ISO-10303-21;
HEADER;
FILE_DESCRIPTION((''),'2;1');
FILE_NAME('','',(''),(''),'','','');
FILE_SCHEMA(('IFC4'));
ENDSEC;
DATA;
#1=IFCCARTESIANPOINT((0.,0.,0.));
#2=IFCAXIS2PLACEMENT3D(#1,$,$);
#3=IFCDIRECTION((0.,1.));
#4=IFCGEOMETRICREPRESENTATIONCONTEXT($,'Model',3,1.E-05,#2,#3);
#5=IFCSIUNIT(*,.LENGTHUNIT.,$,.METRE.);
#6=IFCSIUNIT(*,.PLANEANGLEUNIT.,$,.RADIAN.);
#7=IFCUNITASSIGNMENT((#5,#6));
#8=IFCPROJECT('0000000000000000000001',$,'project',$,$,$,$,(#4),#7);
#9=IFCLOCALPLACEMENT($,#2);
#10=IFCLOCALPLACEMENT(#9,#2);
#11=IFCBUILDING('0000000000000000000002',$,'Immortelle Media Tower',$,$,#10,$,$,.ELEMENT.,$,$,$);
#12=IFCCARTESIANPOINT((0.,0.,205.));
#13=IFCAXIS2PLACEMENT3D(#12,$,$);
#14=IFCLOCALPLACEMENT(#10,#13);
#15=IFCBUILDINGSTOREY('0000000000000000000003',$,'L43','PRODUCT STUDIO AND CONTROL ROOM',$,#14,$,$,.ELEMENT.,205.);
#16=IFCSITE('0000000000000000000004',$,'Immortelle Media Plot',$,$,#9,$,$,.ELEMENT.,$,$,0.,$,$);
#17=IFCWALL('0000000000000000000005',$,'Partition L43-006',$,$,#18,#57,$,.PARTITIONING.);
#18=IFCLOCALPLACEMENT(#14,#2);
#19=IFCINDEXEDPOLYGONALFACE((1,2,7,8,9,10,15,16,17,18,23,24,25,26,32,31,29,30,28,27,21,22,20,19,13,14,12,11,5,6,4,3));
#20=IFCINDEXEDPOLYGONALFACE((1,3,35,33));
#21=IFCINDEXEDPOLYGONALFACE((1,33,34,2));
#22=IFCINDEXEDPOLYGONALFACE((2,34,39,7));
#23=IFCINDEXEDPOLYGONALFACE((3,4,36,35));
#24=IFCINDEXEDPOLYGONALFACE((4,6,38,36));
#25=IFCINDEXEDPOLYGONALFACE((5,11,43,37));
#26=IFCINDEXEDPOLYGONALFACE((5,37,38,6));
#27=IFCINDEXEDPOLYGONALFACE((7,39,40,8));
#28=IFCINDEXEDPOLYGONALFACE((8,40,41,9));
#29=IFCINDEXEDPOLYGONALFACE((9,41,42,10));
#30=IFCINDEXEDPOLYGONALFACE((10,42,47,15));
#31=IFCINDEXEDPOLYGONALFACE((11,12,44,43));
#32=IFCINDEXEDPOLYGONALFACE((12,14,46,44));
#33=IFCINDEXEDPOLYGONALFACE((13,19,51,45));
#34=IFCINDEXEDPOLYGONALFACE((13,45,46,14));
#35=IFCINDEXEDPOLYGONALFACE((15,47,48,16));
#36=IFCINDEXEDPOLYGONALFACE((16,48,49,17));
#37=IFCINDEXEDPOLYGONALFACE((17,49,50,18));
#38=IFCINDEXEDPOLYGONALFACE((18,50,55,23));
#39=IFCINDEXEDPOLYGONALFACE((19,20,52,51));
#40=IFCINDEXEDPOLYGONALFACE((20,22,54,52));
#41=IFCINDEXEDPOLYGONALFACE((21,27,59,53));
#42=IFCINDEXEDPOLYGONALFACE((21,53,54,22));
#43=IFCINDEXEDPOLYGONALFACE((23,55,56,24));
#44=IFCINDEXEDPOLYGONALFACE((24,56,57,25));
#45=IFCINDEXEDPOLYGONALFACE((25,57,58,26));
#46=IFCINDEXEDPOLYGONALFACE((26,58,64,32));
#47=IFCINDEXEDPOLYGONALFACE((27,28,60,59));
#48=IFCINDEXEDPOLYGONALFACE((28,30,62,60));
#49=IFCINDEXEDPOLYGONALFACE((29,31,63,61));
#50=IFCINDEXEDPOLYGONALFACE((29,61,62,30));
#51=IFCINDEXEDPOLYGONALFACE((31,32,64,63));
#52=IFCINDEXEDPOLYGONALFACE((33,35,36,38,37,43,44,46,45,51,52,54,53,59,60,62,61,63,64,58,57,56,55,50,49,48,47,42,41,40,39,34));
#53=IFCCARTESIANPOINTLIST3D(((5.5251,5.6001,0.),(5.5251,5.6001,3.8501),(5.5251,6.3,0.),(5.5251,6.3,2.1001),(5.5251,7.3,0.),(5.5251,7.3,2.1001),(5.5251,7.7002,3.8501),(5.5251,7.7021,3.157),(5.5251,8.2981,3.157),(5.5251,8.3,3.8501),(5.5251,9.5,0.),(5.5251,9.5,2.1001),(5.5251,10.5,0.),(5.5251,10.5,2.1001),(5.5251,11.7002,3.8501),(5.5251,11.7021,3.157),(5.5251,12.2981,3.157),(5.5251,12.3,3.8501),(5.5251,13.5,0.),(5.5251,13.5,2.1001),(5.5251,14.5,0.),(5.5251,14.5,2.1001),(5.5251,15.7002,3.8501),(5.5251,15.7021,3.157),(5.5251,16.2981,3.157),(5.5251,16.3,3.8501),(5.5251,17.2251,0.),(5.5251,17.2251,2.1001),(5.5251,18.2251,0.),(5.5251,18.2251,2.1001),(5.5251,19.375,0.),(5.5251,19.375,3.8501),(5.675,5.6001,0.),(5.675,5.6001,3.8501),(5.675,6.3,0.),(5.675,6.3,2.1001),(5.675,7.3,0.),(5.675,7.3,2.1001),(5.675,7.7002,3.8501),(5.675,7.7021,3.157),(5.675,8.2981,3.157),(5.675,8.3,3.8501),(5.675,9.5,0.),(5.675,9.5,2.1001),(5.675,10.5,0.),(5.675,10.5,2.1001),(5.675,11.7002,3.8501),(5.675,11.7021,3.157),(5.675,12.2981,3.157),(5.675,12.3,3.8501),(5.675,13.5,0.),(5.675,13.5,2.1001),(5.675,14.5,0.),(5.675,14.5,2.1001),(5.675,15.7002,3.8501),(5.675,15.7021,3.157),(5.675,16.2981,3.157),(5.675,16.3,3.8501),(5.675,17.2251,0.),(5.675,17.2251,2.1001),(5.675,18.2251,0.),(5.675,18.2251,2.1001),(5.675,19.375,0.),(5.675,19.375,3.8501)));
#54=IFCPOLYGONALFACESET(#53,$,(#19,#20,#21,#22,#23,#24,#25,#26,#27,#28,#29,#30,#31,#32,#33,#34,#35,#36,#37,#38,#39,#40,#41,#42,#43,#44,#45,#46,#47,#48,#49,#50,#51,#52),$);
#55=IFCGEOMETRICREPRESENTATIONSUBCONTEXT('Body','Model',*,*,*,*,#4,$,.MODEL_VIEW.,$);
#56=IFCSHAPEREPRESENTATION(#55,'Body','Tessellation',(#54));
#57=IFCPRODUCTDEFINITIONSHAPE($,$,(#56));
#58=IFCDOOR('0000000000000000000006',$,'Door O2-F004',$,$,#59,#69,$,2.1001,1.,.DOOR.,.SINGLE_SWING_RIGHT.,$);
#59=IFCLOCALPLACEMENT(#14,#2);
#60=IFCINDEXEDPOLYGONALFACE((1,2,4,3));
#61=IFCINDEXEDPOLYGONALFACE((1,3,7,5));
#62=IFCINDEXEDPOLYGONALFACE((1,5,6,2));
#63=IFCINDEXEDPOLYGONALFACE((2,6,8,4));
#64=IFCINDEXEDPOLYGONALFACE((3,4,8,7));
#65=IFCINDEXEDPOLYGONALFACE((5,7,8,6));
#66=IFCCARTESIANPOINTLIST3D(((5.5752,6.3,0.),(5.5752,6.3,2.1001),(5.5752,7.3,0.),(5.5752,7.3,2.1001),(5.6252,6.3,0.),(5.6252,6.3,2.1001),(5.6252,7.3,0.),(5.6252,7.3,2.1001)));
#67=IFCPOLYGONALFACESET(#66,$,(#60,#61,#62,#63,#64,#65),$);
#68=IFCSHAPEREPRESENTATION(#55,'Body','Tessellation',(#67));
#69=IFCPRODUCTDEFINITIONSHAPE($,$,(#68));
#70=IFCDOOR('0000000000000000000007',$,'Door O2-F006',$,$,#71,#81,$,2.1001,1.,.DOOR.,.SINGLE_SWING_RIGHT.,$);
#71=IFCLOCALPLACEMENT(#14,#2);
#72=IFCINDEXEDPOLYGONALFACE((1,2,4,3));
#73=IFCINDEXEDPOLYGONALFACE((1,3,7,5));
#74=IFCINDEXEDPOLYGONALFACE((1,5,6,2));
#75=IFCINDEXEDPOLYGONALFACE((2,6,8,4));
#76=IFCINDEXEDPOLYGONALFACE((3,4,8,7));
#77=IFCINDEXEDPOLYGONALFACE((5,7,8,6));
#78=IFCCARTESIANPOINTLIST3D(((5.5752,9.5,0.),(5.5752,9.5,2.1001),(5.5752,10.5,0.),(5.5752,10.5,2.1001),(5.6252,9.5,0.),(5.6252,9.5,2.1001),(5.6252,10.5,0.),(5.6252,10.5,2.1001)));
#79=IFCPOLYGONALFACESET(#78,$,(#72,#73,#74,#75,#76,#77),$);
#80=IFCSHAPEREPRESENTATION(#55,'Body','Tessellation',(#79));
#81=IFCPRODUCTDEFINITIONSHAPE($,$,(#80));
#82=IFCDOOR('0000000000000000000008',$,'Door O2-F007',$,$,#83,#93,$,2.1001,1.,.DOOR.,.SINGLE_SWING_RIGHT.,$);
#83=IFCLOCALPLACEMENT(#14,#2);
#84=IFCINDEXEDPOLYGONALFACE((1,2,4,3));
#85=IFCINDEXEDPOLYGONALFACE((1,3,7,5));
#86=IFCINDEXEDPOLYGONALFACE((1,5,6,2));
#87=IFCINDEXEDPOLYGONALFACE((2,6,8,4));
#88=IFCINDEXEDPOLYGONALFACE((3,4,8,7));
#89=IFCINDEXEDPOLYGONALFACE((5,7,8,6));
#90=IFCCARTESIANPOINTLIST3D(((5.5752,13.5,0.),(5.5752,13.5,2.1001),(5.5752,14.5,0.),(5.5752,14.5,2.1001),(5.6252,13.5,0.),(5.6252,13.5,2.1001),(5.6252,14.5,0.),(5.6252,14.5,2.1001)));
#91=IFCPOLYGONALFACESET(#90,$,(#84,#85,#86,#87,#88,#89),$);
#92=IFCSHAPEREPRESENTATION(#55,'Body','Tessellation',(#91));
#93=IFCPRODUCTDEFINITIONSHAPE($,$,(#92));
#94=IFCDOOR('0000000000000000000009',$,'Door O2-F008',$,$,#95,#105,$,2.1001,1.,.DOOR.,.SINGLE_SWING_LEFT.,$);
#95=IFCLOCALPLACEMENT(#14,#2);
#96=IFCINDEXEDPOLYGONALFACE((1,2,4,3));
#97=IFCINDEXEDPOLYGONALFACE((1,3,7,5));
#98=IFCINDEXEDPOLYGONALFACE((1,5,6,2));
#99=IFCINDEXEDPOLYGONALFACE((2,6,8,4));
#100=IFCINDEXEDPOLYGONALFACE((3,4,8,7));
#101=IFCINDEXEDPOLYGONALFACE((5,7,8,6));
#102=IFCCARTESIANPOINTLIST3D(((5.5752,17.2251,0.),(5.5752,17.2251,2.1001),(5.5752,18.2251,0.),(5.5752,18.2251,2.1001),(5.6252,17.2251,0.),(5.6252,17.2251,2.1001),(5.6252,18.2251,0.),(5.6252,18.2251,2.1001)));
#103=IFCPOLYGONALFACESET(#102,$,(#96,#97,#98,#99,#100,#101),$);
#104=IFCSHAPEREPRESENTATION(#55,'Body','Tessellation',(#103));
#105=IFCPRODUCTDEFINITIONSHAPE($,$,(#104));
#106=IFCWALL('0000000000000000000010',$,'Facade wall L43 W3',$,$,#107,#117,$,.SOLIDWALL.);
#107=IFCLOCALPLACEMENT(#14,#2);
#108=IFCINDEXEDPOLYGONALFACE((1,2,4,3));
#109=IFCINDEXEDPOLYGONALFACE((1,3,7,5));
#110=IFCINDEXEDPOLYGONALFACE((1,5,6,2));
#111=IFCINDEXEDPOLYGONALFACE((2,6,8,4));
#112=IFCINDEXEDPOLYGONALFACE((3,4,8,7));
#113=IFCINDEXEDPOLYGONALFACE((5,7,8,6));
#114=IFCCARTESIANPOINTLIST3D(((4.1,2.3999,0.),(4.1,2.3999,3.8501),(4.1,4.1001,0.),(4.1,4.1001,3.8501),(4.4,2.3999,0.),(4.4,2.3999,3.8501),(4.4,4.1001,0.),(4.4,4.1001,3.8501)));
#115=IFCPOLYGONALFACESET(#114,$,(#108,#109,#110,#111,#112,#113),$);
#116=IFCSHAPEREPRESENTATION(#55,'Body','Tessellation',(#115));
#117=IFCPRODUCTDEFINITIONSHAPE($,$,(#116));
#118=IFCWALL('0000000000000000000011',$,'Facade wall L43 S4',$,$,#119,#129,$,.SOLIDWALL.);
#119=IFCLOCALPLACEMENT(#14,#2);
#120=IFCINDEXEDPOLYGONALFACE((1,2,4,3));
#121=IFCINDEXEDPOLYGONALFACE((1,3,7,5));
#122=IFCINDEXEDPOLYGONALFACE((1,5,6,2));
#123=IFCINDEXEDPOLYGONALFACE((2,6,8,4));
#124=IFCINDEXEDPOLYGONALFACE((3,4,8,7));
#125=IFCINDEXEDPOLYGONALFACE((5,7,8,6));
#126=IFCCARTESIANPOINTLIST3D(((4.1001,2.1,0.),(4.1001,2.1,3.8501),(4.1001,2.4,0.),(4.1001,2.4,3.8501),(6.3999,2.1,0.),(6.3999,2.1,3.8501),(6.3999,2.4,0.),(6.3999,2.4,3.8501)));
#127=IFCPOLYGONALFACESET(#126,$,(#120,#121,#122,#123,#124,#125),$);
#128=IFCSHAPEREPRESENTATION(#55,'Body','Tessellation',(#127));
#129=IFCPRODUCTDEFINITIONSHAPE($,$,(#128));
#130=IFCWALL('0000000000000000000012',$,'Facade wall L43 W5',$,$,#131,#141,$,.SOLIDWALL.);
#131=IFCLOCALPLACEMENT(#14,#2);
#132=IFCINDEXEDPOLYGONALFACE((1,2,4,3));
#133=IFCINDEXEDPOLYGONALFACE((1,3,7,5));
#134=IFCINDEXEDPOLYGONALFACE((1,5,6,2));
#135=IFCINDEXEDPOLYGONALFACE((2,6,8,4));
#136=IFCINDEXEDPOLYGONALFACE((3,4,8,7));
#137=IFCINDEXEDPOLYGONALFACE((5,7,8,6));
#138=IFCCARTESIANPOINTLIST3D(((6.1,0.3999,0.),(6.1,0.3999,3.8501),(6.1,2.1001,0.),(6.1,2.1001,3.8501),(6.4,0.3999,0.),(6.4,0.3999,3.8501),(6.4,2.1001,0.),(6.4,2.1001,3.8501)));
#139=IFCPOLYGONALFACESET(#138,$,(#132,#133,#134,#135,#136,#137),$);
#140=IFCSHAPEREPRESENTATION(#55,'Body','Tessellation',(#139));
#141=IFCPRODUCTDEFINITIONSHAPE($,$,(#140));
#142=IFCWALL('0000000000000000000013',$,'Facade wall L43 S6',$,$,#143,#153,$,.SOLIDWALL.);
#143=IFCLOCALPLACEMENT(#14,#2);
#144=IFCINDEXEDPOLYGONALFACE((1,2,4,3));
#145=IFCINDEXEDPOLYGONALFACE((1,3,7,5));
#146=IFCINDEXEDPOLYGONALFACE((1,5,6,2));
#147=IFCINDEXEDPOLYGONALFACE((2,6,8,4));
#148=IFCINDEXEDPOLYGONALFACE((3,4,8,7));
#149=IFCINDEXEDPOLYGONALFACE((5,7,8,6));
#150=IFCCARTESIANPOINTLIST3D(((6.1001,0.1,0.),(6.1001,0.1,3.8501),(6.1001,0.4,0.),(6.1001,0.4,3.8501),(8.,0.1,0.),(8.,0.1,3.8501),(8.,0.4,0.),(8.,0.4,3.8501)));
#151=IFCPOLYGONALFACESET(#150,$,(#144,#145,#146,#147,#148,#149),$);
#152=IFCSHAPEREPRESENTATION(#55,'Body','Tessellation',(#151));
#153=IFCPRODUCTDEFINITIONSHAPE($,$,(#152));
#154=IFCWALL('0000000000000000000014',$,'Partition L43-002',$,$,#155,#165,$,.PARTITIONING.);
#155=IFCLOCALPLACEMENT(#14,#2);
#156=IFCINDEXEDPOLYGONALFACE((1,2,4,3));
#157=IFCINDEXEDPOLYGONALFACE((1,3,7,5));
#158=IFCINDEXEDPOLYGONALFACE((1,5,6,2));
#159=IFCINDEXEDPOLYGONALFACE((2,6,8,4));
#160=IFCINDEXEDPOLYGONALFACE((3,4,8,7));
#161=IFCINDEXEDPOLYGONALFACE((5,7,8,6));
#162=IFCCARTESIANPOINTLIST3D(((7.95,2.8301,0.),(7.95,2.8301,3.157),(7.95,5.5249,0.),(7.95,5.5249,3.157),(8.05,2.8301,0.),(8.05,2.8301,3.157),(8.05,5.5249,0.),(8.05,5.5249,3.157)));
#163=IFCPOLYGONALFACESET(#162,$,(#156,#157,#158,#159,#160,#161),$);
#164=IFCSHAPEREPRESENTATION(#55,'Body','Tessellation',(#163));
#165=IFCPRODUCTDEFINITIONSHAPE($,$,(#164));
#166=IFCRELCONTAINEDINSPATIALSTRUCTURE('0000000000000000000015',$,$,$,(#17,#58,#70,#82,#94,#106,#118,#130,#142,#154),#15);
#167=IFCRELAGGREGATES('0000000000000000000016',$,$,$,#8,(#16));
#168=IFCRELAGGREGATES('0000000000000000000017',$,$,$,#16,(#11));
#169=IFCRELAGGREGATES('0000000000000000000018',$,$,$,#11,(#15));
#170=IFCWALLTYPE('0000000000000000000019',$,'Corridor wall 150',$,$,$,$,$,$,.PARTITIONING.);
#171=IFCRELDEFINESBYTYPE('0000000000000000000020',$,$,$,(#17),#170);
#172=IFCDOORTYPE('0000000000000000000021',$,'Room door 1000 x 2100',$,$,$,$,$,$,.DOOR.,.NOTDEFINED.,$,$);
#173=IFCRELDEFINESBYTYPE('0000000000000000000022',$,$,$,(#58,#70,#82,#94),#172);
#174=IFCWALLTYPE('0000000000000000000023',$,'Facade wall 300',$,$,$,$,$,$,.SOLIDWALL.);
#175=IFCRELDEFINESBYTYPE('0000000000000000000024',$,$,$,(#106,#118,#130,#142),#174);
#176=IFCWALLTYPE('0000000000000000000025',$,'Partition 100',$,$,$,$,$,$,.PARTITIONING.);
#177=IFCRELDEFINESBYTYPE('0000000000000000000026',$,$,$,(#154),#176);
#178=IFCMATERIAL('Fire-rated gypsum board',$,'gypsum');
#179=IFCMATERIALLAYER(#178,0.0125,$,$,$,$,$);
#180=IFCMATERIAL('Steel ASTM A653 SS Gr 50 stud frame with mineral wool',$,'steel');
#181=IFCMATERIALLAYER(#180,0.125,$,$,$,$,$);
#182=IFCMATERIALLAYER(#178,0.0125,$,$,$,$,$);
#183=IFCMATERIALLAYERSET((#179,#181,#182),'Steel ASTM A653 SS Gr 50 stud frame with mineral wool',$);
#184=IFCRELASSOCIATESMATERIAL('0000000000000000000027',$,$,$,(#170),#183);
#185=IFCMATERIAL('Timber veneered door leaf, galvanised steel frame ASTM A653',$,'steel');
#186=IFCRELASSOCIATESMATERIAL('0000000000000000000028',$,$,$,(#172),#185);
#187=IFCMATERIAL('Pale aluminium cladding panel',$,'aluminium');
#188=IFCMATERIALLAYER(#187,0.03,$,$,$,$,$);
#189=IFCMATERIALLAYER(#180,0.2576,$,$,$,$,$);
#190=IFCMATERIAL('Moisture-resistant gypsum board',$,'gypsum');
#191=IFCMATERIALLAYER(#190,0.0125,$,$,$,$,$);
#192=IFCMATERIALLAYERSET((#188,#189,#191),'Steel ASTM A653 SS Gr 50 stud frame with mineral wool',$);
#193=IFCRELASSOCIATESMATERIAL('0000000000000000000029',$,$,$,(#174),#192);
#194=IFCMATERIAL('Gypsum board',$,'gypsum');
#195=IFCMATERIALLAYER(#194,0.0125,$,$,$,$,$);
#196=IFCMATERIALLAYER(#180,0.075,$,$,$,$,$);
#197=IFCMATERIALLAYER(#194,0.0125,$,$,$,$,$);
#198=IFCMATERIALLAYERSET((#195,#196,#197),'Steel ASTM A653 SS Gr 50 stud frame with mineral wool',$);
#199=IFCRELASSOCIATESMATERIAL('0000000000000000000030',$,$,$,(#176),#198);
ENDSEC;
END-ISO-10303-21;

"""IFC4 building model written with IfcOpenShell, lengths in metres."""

from ifc_helpers import new_model, si_unit, direction, frame, frame_2d, origin, place, context, subcontext, project, spatial, polyline, rectangle, outline, extrude, material, layer, layer_set, type_object, element, fill, save


model = new_model("IFC4")

# Units and contexts
model_context = context("Model", 3, precision=1e-05, world=origin(), true_north=direction((0.0, 1.0)))
body_context = subcontext(model_context, "Body", "Model", "MODEL_VIEW")
ifc_project = project(units=[si_unit("LENGTHUNIT", "METRE"), si_unit("PLANEANGLEUNIT", "RADIAN")], contexts=[model_context])

# Site, building, storey
site_placement = place(None, origin())
site = spatial("IfcSite", under=ifc_project, at=site_placement, Name="Immortelle Media Plot", CompositionType="ELEMENT", RefElevation=0.0)
building_placement = place(site_placement, origin())
building = spatial("IfcBuilding", under=site, at=building_placement, Name="Immortelle Media Tower", CompositionType="ELEMENT")
storey_placement = place(building_placement, frame((0.0, 0.0, 205.0)))
storey = spatial("IfcBuildingStorey", under=building, at=storey_placement, Name="L43", Description="PRODUCT STUDIO AND CONTROL ROOM", CompositionType="ELEMENT", Elevation=205.0)

# Wall, openings, doors
ifc_material_1 = material(Name="Fire-rated gypsum board", Category="gypsum")
ifc_layer_1 = layer(ifc_material_1, 0.0125)
ifc_material_2 = material(Name="Steel ASTM A653 SS Gr 50 stud frame with mineral wool", Category="steel")
ifc_layer_2 = layer(ifc_material_2, 0.125)
ifc_layer_3 = layer(ifc_material_1, 0.0125)
ifc_layer_set_1 = layer_set([ifc_layer_1, ifc_layer_2, ifc_layer_3], Name="Steel ASTM A653 SS Gr 50 stud frame with mineral wool")
wall_type_1 = type_object("IfcWallType", Name="Corridor wall 150", PredefinedType="PARTITIONING", material=ifc_layer_set_1)
ifc_material_3 = material(Name="Timber veneered door leaf, galvanised steel frame ASTM A653", Category="steel")
door_type = type_object("IfcDoorType", Name="Room door 1000 x 2100", OperationType="NOTDEFINED", PredefinedType="DOOR", material=ifc_material_3)
wall_1_placement = place(storey_placement, frame((5.6001, 5.6001, 0.0), z_axis=(0.0, 0.0, 1.0), x_axis=(0.0, 1.0, 0.0)))
wall_1 = element("IfcWall", 1, at=wall_1_placement, inside=storey, type_object=wall_type_1, Name="Partition L43-006", PredefinedType="PARTITIONING", context=body_context, shape_type="SweptSolid", body=[
    extrude(outline(polyline([(0.0, 0.0), (13.7749, 0.0), (13.7749, 3.8501), (10.7, 3.8501), (10.698, 3.157), (10.1021, 3.157), (10.1001, 3.8501), (6.7, 3.8501), (6.698, 3.157), (6.1021, 3.157), (6.1001, 3.8501), (2.7, 3.8501), (2.698, 3.157), (2.1021, 3.157), (2.1001, 3.8501), (0.0, 3.8501), (0.0, 0.0)])), frame((0.0, 0.075, 0.0), z_axis=(0.0, -1.0, 0.0), x_axis=(1.0, 0.0, 0.0)), (0.0, 0.0, 1.0), 0.1499),
])
opening_1_placement = place(wall_1_placement, frame((0.7, 0.0, 0.0)))
opening_1 = element("IfcOpeningElement", 2, at=opening_1_placement, cuts=wall_1, PredefinedType="OPENING", context=body_context, shape_type="SweptSolid", body=[
    extrude(rectangle(XDim=1.0, YDim=2.1001, at=frame_2d((0.5, 1.05))), frame((0.0, 0.085, 0.0), z_axis=(0.0, -1.0, 0.0), x_axis=(1.0, 0.0, 0.0)), (0.0, 0.0, 1.0), 0.1699),
])
opening_2_placement = place(wall_1_placement, frame((3.8999, 0.0, 0.0)))
opening_2 = element("IfcOpeningElement", 3, at=opening_2_placement, cuts=wall_1, PredefinedType="OPENING", context=body_context, shape_type="SweptSolid", body=[
    extrude(rectangle(XDim=1.0, YDim=2.1001, at=frame_2d((0.5, 1.05))), frame((0.0, 0.085, 0.0), z_axis=(0.0, -1.0, 0.0), x_axis=(1.0, 0.0, 0.0)), (0.0, 0.0, 1.0), 0.1699),
])
opening_3_placement = place(wall_1_placement, frame((7.8999, 0.0, 0.0)))
opening_3 = element("IfcOpeningElement", 4, at=opening_3_placement, cuts=wall_1, PredefinedType="OPENING", context=body_context, shape_type="SweptSolid", body=[
    extrude(rectangle(XDim=1.0, YDim=2.1001, at=frame_2d((0.5, 1.05))), frame((0.0, 0.085, 0.0), z_axis=(0.0, -1.0, 0.0), x_axis=(1.0, 0.0, 0.0)), (0.0, 0.0, 1.0), 0.1699),
])
opening_4_placement = place(wall_1_placement, frame((11.625, 0.0, 0.0)))
opening_4 = element("IfcOpeningElement", 5, at=opening_4_placement, cuts=wall_1, PredefinedType="OPENING", context=body_context, shape_type="SweptSolid", body=[
    extrude(rectangle(XDim=1.0, YDim=2.1001, at=frame_2d((0.5, 1.05))), frame((0.0, 0.085, 0.0), z_axis=(0.0, -1.0, 0.0), x_axis=(1.0, 0.0, 0.0)), (0.0, 0.0, 1.0), 0.1699),
])
door_1_placement = place(opening_1_placement, origin())
door_1 = element("IfcDoor", 6, at=door_1_placement, inside=storey, type_object=door_type, Name="Door O2-F004", OperationType="SINGLE_SWING_RIGHT", OverallHeight=2.1001, OverallWidth=1.0, PredefinedType="DOOR", context=body_context, shape_type="SweptSolid", body=[
    extrude(rectangle(XDim=1.0, YDim=2.1001, at=frame_2d((0.5, 1.05))), frame((0.0, 0.0249, 0.0), z_axis=(0.0, -1.0, 0.0), x_axis=(1.0, 0.0, 0.0)), (0.0, 0.0, 1.0), 0.05),
])
fill(opening_1, door_1)
door_2_placement = place(opening_2_placement, origin())
door_2 = element("IfcDoor", 7, at=door_2_placement, inside=storey, type_object=door_type, Name="Door O2-F006", OperationType="SINGLE_SWING_RIGHT", OverallHeight=2.1001, OverallWidth=1.0, PredefinedType="DOOR", context=body_context, shape_type="SweptSolid", body=[
    extrude(rectangle(XDim=1.0, YDim=2.1001, at=frame_2d((0.5, 1.05))), frame((0.0, 0.0249, 0.0), z_axis=(0.0, -1.0, 0.0), x_axis=(1.0, 0.0, 0.0)), (0.0, 0.0, 1.0), 0.05),
])
fill(opening_2, door_2)
door_3_placement = place(opening_3_placement, origin())
door_3 = element("IfcDoor", 8, at=door_3_placement, inside=storey, type_object=door_type, Name="Door O2-F007", OperationType="SINGLE_SWING_RIGHT", OverallHeight=2.1001, OverallWidth=1.0, PredefinedType="DOOR", context=body_context, shape_type="SweptSolid", body=[
    extrude(rectangle(XDim=1.0, YDim=2.1001, at=frame_2d((0.5, 1.05))), frame((0.0, 0.0249, 0.0), z_axis=(0.0, -1.0, 0.0), x_axis=(1.0, 0.0, 0.0)), (0.0, 0.0, 1.0), 0.05),
])
fill(opening_3, door_3)
door_4_placement = place(opening_4_placement, origin())
door_4 = element("IfcDoor", 9, at=door_4_placement, inside=storey, type_object=door_type, Name="Door O2-F008", OperationType="SINGLE_SWING_LEFT", OverallHeight=2.1001, OverallWidth=1.0, PredefinedType="DOOR", context=body_context, shape_type="SweptSolid", body=[
    extrude(rectangle(XDim=1.0, YDim=2.1001, at=frame_2d((0.5, 1.05))), frame((0.0, 0.0249, 0.0), z_axis=(0.0, -1.0, 0.0), x_axis=(1.0, 0.0, 0.0)), (0.0, 0.0, 1.0), 0.05),
])
fill(opening_4, door_4)

# Walls
ifc_material_4 = material(Name="Pale aluminium cladding panel", Category="aluminium")
ifc_layer_4 = layer(ifc_material_4, 0.03)
ifc_layer_5 = layer(ifc_material_2, 0.2576)
ifc_material_5 = material(Name="Moisture-resistant gypsum board", Category="gypsum")
ifc_layer_6 = layer(ifc_material_5, 0.0125)
ifc_layer_set_2 = layer_set([ifc_layer_4, ifc_layer_5, ifc_layer_6], Name="Steel ASTM A653 SS Gr 50 stud frame with mineral wool")
wall_type_2 = type_object("IfcWallType", Name="Facade wall 300", PredefinedType="SOLIDWALL", material=ifc_layer_set_2)
wall_2_placement = place(storey_placement, frame((4.25, 4.1001, 0.0), z_axis=(0.0, 0.0, 1.0), x_axis=(0.0, -1.0, 0.0)))
element("IfcWall", 10, at=wall_2_placement, inside=storey, type_object=wall_type_2, Name="Facade wall L43 W3", PredefinedType="SOLIDWALL", context=body_context, shape_type="SweptSolid", body=[
    extrude(rectangle(XDim=1.7002, YDim=0.3, at=frame_2d((0.8501, 0.0))), origin(), (0.0, 0.0, 1.0), 3.8501),
])
wall_3_placement = place(storey_placement, frame((4.1001, 2.25, 0.0), z_axis=(0.0, 0.0, 1.0), x_axis=(1.0, 0.0, 0.0)))
element("IfcWall", 11, at=wall_3_placement, inside=storey, type_object=wall_type_2, Name="Facade wall L43 S4", PredefinedType="SOLIDWALL", context=body_context, shape_type="SweptSolid", body=[
    extrude(rectangle(XDim=2.2998, YDim=0.3, at=frame_2d((1.1499, 0.0))), origin(), (0.0, 0.0, 1.0), 3.8501),
])
wall_4_placement = place(storey_placement, frame((6.25, 2.1001, 0.0), z_axis=(0.0, 0.0, 1.0), x_axis=(0.0, -1.0, 0.0)))
element("IfcWall", 12, at=wall_4_placement, inside=storey, type_object=wall_type_2, Name="Facade wall L43 W5", PredefinedType="SOLIDWALL", context=body_context, shape_type="SweptSolid", body=[
    extrude(rectangle(XDim=1.7002, YDim=0.3, at=frame_2d((0.8501, 0.0))), origin(), (0.0, 0.0, 1.0), 3.8501),
])
wall_5_placement = place(storey_placement, frame((6.1001, 0.25, 0.0), z_axis=(0.0, 0.0, 1.0), x_axis=(1.0, 0.0, 0.0)))
element("IfcWall", 13, at=wall_5_placement, inside=storey, type_object=wall_type_2, Name="Facade wall L43 S6", PredefinedType="SOLIDWALL", context=body_context, shape_type="SweptSolid", body=[
    extrude(rectangle(XDim=1.8999, YDim=0.3, at=frame_2d((0.95, 0.0))), origin(), (0.0, 0.0, 1.0), 3.8501),
])
ifc_material_6 = material(Name="Gypsum board", Category="gypsum")
ifc_layer_7 = layer(ifc_material_6, 0.0125)
ifc_layer_8 = layer(ifc_material_2, 0.075)
ifc_layer_9 = layer(ifc_material_6, 0.0125)
ifc_layer_set_3 = layer_set([ifc_layer_7, ifc_layer_8, ifc_layer_9], Name="Steel ASTM A653 SS Gr 50 stud frame with mineral wool")
wall_type_3 = type_object("IfcWallType", Name="Partition 100", PredefinedType="PARTITIONING", material=ifc_layer_set_3)
wall_6_placement = place(storey_placement, frame((8.0, 2.8301, 0.0), z_axis=(0.0, 0.0, 1.0), x_axis=(0.0, 1.0, 0.0)))
element("IfcWall", 14, at=wall_6_placement, inside=storey, type_object=wall_type_3, Name="Partition L43-002", PredefinedType="PARTITIONING", context=body_context, shape_type="SweptSolid", body=[
    extrude(rectangle(XDim=2.6948, YDim=0.1001, at=frame_2d((1.3474, 0.0))), origin(), (0.0, 0.0, 1.0), 3.157),
])

save(model, "model.ifc")
